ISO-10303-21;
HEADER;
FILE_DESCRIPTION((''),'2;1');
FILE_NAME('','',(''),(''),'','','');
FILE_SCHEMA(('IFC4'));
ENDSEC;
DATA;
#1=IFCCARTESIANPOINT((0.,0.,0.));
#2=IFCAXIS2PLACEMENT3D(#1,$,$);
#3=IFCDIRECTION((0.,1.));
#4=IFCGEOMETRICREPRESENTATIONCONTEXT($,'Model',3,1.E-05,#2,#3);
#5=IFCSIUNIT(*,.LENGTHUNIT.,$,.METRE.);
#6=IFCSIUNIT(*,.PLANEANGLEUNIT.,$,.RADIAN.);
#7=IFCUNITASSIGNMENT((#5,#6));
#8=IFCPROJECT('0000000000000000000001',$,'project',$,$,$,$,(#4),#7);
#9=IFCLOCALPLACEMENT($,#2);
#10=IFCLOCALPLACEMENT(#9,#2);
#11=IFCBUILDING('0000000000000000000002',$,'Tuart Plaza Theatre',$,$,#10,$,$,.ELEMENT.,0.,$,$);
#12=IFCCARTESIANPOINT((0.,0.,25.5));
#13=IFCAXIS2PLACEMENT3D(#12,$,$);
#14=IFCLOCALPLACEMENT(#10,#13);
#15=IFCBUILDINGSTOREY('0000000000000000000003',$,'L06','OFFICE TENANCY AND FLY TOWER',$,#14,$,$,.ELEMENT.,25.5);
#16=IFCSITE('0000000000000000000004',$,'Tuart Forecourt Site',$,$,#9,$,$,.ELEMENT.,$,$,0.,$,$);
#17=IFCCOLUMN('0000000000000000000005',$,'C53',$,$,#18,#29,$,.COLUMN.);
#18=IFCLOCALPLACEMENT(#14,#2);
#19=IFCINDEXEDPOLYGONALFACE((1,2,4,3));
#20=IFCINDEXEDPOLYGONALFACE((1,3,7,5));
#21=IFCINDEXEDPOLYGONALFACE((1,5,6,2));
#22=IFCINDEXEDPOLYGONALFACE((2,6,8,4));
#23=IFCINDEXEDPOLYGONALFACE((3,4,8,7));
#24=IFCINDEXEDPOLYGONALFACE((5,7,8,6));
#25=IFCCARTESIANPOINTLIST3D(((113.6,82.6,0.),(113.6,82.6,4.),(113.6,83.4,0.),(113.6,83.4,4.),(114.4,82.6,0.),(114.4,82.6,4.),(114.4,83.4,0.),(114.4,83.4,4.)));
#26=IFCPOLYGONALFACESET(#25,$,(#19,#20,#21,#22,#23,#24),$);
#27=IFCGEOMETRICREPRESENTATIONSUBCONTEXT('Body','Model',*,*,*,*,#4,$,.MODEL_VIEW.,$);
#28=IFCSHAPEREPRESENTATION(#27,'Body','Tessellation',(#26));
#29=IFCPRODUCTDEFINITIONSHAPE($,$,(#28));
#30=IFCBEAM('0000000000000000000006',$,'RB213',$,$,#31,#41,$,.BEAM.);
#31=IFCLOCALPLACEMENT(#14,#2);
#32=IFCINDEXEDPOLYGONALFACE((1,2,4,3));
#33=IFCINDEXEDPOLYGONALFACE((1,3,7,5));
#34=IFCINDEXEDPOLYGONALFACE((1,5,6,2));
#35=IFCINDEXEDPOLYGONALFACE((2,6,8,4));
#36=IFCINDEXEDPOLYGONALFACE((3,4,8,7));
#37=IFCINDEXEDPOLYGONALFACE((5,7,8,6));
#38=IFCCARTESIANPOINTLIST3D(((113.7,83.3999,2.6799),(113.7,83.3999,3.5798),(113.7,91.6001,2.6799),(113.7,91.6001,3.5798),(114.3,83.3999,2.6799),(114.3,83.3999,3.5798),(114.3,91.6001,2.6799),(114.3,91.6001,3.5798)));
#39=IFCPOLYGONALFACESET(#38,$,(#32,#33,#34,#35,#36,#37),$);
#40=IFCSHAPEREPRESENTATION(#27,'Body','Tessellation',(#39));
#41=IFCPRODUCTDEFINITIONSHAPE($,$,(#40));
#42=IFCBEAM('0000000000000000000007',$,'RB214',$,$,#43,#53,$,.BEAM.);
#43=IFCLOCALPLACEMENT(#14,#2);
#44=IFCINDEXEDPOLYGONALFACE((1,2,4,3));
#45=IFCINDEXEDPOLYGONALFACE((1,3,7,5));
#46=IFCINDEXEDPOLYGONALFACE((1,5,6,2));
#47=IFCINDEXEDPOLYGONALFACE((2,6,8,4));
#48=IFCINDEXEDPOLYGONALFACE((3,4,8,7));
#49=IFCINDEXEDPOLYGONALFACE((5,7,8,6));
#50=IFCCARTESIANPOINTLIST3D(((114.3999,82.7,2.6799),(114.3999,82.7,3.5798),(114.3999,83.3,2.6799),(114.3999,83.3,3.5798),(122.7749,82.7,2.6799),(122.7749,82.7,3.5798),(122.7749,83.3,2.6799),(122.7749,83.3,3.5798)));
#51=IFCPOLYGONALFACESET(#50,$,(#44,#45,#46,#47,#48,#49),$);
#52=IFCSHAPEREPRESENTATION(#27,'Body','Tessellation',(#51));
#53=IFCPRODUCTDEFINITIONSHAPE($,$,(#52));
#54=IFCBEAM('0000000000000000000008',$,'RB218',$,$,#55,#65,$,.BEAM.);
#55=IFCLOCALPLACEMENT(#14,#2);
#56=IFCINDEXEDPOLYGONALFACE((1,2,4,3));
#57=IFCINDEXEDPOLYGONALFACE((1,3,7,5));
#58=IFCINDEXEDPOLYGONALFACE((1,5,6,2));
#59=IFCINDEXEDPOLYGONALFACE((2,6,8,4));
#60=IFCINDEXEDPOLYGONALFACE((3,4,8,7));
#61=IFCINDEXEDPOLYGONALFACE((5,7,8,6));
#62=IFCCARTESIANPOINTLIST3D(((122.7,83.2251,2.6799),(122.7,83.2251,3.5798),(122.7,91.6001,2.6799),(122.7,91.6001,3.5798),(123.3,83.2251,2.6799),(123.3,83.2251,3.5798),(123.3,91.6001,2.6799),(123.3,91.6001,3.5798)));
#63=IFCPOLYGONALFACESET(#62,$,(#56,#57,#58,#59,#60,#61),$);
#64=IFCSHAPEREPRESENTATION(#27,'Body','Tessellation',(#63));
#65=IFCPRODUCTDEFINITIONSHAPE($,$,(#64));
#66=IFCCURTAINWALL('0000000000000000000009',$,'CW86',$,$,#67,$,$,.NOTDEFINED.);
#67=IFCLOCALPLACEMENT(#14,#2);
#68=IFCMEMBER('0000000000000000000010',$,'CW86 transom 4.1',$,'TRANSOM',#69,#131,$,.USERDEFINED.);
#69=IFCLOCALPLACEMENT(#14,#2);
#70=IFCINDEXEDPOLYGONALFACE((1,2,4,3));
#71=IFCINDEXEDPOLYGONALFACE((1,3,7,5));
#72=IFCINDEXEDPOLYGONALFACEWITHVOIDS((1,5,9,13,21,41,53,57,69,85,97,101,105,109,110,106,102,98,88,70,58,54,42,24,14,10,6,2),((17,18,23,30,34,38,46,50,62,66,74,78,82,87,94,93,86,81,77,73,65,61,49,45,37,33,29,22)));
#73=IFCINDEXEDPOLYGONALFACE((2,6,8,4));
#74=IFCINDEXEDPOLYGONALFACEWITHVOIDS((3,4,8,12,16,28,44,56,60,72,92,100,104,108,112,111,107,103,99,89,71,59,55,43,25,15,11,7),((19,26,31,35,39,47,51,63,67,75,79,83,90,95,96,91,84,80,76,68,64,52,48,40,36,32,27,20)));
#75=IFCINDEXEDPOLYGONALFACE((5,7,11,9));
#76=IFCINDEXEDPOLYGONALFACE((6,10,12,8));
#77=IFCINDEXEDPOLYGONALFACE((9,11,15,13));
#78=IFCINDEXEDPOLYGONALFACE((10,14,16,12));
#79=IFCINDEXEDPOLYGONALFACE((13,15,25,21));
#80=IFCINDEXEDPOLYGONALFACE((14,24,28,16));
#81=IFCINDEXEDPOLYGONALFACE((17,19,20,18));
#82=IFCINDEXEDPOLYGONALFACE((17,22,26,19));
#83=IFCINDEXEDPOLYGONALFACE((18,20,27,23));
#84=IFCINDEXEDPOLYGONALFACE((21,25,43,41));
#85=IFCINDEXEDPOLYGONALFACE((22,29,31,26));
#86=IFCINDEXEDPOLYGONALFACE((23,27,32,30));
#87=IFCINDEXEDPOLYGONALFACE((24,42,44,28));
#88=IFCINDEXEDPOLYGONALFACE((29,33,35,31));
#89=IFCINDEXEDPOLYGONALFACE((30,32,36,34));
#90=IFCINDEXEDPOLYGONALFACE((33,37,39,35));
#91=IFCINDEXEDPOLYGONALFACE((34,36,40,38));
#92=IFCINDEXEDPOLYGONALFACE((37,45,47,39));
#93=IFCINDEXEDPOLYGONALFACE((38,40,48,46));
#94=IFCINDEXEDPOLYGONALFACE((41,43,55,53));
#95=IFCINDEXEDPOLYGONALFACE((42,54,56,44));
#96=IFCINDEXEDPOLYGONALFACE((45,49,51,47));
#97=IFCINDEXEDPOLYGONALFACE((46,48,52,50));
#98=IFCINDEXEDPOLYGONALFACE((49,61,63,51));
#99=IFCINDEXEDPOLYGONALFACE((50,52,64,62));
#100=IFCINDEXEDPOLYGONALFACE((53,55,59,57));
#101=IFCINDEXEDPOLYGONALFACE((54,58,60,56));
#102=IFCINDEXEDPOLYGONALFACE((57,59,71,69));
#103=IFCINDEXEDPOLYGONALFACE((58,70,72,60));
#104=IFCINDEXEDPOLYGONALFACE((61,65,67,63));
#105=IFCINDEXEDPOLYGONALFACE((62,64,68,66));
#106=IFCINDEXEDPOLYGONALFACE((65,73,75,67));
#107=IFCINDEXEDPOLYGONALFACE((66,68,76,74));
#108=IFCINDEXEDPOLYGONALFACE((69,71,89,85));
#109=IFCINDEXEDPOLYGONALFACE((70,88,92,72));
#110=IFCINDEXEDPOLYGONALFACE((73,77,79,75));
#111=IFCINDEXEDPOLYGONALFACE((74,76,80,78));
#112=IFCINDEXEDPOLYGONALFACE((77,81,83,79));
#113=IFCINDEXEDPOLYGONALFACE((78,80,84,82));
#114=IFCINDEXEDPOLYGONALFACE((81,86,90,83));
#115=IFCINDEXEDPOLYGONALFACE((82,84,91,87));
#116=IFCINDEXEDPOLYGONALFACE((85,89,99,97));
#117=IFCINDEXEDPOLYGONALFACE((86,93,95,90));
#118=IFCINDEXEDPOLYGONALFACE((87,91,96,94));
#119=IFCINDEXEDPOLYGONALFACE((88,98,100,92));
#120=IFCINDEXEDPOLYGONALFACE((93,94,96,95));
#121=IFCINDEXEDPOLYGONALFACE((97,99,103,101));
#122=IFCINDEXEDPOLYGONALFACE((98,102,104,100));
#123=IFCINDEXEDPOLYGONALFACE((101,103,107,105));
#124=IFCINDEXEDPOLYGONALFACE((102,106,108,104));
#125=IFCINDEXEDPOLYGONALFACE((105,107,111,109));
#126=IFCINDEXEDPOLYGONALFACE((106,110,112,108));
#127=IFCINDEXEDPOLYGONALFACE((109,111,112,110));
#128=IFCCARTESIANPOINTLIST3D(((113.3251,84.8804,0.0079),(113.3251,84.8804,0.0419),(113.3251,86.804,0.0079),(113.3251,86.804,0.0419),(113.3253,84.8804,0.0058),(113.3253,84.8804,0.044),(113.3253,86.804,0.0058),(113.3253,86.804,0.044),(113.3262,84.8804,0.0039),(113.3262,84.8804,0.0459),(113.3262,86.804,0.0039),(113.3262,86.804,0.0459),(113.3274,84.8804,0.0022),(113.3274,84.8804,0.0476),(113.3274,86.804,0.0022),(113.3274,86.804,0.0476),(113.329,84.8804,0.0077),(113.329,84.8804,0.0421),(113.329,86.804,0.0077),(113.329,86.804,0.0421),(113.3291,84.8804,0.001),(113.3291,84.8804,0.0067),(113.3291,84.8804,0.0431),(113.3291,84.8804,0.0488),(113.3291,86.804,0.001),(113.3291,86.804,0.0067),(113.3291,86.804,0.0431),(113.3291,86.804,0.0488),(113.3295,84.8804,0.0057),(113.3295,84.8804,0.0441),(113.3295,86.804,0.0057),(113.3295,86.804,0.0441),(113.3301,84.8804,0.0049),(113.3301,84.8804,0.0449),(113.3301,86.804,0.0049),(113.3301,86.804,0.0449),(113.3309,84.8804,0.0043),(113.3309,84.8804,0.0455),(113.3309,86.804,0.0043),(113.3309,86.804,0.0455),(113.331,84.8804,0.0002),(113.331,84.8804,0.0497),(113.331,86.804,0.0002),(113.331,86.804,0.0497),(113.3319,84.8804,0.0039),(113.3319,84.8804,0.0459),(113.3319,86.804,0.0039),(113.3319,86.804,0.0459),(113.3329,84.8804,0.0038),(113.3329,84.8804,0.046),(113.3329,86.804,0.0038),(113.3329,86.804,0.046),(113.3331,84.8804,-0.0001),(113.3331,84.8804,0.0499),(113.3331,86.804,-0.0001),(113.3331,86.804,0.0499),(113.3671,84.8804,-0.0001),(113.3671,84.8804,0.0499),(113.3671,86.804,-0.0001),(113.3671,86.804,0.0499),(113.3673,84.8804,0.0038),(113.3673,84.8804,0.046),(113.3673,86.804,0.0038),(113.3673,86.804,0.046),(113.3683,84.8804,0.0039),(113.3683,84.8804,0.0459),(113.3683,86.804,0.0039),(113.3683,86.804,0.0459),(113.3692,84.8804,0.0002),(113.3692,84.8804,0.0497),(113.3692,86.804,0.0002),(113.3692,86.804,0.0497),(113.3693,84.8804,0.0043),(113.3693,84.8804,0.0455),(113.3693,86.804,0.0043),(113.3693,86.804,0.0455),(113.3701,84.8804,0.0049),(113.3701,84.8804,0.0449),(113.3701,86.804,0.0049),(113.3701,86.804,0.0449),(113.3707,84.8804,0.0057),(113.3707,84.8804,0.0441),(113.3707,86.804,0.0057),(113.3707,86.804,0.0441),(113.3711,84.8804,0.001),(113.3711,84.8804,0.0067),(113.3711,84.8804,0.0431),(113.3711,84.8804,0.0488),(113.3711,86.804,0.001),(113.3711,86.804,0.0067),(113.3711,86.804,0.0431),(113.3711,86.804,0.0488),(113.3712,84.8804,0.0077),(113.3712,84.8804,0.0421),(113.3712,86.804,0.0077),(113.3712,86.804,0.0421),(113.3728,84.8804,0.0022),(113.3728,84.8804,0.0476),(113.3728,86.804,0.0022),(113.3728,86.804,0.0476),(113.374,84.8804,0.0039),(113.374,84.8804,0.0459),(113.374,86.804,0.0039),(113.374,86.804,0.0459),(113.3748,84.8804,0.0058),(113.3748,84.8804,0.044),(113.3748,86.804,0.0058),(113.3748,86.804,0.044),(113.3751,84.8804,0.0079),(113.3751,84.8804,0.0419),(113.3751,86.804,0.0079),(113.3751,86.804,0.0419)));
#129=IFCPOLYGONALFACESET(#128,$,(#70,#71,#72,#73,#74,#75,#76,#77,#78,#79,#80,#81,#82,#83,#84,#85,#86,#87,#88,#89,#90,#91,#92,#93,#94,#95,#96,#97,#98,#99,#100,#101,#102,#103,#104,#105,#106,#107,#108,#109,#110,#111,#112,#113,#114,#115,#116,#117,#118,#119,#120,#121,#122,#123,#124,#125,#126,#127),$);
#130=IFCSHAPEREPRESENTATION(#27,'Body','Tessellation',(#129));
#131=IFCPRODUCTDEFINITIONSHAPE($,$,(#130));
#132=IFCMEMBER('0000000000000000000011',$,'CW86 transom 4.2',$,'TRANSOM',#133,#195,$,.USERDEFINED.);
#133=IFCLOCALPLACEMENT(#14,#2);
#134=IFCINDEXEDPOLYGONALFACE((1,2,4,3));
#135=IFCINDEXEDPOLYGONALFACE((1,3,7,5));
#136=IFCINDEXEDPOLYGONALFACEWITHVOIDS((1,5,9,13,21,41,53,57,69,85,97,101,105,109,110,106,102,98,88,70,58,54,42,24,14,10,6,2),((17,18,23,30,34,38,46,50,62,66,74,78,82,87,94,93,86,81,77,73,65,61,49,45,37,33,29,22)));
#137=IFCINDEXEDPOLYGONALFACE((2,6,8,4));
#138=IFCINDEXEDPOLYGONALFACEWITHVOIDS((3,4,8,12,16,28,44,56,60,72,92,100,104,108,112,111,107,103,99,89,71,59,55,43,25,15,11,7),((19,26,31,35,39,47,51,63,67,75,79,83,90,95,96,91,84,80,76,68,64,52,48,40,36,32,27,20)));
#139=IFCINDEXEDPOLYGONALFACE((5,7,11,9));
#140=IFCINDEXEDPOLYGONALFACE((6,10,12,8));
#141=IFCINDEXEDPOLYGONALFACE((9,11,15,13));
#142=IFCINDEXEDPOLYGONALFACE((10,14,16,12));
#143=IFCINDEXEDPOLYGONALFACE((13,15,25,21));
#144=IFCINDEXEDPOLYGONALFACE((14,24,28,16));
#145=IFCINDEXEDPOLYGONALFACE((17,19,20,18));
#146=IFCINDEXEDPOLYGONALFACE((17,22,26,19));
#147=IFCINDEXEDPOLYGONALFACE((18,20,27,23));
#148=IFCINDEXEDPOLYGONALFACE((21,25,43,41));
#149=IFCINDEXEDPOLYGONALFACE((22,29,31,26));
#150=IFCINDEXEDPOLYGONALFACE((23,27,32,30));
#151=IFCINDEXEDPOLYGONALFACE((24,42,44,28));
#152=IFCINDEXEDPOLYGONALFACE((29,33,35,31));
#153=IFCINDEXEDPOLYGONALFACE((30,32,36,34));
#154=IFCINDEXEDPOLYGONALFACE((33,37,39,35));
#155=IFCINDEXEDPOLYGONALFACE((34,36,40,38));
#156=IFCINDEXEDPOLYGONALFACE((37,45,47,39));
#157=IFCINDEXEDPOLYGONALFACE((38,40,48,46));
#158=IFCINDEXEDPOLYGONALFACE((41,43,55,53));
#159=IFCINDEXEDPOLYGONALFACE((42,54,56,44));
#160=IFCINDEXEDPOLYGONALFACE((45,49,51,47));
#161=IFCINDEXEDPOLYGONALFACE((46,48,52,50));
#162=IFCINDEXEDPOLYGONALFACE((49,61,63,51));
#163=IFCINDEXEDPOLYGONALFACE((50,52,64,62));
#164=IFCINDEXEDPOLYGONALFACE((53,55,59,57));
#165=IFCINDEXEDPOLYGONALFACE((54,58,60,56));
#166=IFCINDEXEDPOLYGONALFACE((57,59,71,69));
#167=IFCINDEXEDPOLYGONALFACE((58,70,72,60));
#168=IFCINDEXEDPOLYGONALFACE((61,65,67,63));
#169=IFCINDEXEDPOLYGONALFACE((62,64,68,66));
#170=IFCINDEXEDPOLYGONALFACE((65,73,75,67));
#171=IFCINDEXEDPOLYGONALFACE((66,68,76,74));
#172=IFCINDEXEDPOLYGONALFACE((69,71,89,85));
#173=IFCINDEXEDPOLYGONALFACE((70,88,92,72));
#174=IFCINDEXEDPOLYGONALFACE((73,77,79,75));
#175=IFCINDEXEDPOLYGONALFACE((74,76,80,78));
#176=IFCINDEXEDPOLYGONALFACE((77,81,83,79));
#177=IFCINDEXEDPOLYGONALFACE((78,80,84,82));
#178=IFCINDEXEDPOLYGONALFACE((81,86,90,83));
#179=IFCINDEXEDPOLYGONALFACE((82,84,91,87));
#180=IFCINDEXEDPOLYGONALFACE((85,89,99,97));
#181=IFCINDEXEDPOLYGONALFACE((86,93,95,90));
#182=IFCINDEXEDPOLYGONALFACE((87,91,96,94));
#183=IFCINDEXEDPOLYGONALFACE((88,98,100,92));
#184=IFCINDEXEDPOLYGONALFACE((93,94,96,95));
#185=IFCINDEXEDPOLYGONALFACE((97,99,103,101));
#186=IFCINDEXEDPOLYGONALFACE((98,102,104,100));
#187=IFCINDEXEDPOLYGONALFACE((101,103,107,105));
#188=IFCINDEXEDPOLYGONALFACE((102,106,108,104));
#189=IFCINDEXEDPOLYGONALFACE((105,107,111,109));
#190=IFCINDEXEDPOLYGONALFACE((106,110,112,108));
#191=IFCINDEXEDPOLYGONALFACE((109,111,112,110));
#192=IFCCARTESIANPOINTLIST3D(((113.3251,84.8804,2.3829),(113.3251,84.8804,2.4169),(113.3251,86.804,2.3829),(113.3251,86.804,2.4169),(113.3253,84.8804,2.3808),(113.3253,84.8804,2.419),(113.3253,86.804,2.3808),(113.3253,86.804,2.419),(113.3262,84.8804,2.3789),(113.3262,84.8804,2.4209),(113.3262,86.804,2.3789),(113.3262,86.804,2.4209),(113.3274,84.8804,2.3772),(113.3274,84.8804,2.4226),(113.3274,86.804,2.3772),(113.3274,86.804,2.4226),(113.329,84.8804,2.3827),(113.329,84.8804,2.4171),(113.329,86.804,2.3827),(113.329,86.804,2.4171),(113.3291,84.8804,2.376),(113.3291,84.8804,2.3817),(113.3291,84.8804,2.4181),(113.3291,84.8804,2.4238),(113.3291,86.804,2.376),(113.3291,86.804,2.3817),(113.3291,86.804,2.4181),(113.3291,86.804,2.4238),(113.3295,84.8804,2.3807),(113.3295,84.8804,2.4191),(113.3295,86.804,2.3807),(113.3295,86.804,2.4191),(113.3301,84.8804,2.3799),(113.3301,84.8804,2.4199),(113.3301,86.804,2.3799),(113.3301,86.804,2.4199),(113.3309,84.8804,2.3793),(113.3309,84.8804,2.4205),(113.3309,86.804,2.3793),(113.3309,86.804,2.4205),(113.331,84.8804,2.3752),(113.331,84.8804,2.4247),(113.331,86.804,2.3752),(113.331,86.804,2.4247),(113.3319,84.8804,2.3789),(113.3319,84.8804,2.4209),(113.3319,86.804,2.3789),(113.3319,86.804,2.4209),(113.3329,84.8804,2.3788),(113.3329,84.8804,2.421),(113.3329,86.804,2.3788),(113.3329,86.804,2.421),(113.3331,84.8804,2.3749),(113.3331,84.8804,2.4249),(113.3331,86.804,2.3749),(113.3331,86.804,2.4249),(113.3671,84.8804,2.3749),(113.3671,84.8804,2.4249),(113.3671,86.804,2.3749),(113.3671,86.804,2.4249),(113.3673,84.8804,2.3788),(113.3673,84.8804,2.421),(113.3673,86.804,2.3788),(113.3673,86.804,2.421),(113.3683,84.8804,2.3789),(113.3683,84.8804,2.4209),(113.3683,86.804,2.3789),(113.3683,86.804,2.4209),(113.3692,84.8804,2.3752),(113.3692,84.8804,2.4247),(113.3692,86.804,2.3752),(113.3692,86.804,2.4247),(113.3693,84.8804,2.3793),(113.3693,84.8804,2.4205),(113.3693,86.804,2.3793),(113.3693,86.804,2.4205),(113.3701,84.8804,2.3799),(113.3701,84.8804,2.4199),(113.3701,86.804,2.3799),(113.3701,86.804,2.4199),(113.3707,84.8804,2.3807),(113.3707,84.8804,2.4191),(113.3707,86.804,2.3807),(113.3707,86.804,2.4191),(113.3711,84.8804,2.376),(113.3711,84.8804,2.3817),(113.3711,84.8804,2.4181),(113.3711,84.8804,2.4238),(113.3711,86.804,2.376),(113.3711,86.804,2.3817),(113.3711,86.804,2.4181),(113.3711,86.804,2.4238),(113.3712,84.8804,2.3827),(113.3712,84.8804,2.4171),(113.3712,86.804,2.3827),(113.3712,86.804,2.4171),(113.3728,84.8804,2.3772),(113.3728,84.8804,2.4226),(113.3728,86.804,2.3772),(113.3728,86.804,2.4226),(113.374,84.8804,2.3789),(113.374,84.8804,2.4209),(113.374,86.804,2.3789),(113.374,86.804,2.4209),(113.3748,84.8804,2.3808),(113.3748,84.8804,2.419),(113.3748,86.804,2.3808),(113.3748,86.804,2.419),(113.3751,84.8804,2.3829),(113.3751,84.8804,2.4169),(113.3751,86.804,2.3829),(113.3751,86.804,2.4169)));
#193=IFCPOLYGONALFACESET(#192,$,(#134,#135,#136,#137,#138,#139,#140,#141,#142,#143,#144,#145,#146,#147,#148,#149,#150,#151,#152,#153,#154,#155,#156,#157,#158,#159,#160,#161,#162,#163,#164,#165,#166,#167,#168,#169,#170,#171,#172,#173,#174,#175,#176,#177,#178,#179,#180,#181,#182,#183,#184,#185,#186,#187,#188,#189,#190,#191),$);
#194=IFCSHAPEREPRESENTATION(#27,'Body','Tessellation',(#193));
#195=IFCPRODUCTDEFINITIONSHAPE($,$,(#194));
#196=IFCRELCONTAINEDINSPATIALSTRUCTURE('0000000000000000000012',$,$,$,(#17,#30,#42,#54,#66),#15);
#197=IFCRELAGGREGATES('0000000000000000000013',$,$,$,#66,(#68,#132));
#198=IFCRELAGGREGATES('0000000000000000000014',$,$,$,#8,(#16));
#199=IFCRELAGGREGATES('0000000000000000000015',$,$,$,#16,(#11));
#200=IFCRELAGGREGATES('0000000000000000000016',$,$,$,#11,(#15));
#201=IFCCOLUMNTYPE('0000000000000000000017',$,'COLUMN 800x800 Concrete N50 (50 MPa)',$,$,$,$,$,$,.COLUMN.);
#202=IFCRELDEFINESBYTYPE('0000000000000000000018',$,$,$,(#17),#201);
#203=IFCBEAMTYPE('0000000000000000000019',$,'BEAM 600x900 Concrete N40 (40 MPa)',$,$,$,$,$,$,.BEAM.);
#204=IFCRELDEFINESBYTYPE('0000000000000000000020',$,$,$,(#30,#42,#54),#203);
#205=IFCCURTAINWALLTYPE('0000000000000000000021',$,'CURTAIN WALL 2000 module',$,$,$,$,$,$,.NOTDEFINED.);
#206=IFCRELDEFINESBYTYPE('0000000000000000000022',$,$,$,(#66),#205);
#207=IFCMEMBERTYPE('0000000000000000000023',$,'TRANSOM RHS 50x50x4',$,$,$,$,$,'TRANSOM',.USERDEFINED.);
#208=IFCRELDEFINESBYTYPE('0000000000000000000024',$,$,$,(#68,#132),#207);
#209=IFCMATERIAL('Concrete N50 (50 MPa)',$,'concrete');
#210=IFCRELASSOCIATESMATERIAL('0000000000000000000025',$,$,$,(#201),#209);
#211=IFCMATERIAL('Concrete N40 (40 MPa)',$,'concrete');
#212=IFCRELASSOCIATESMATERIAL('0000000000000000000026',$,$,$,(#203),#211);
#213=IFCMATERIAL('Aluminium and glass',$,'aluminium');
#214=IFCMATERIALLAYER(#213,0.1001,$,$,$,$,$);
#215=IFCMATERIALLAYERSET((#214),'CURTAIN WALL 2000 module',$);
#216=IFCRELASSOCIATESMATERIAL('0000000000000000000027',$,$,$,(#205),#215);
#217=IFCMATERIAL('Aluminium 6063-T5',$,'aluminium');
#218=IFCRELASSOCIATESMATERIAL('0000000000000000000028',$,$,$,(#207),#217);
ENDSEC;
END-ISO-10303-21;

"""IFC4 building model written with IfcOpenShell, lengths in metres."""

from ifc_helpers import new_model, si_unit, direction, frame, origin, origin_2d, place, context, subcontext, project, spatial, rectangle, hollow_rectangle, extrude, material, layer, layer_set, material_profile, profile_set, type_object, element, aggregate, save


model = new_model("IFC4")

# Units and contexts
model_context = context("Model", 3, precision=1e-05, world=origin(), true_north=direction((0.0, 1.0)))
body_context = subcontext(model_context, "Body", "Model", "MODEL_VIEW")
ifc_project = project(units=[si_unit("LENGTHUNIT", "METRE"), si_unit("PLANEANGLEUNIT", "RADIAN")], contexts=[model_context])

# Site, building, storey
site_placement = place(None, origin())
site = spatial("IfcSite", under=ifc_project, at=site_placement, Name="Tuart Forecourt Site", CompositionType="ELEMENT", RefElevation=0.0)
building_placement = place(site_placement, origin())
building = spatial("IfcBuilding", under=site, at=building_placement, Name="Tuart Plaza Theatre", CompositionType="ELEMENT", ElevationOfRefHeight=0.0)
storey_placement = place(building_placement, frame((0.0, 0.0, 25.5)))
storey = spatial("IfcBuildingStorey", under=building, at=storey_placement, Name="L06", Description="OFFICE TENANCY AND FLY TOWER", CompositionType="ELEMENT", Elevation=25.5)

# Column
ifc_material_1 = material(Name="Concrete N50 (50 MPa)", Category="concrete")
ifc_material_profile_1 = material_profile(ifc_material_1, rectangle(XDim=0.8, YDim=0.8, at=origin_2d()), Name="COLUMN 800x800 Concrete N50 (50 MPa)")
ifc_profile_set_1 = profile_set([ifc_material_profile_1], Name="Concrete N50 (50 MPa)")
column_type = type_object("IfcColumnType", Name="COLUMN 800x800 Concrete N50 (50 MPa)", PredefinedType="COLUMN", material=ifc_profile_set_1)
column_placement = place(storey_placement, frame((114.0, 83.0, 0.0), z_axis=(0.0, 0.0, 1.0), x_axis=(1.0, 0.0, 0.0)))
element("IfcColumn", 1, at=column_placement, inside=storey, type_object=column_type, Name="C53", PredefinedType="COLUMN", context=body_context, shape_type="SweptSolid", body=[
    extrude(rectangle(XDim=0.8, YDim=0.8, at=origin_2d()), origin(), (0.0, 0.0, 1.0), 4.0),
])

# Beams
ifc_material_2 = material(Name="Concrete N40 (40 MPa)", Category="concrete")
ifc_material_profile_2 = material_profile(ifc_material_2, rectangle(XDim=0.6001, YDim=0.8999, at=origin_2d()), Name="BEAM 600x900 Concrete N40 (40 MPa)")
ifc_profile_set_2 = profile_set([ifc_material_profile_2], Name="Concrete N40 (40 MPa)")
beam_type = type_object("IfcBeamType", Name="BEAM 600x900 Concrete N40 (40 MPa)", PredefinedType="BEAM", material=ifc_profile_set_2)
beam_placement = place(storey_placement, frame((114.0, 83.3999, 3.1299), z_axis=(0.0, 1.0, 0.0), x_axis=(-1.0, 0.0, 0.0)))
element("IfcBeam", 2, at=beam_placement, inside=storey, type_object=beam_type, Name="RB213", PredefinedType="BEAM", context=body_context, shape_type="SweptSolid", body=[
    extrude(rectangle(XDim=0.6001, YDim=0.8999, at=origin_2d()), origin(), (0.0, 0.0, 1.0), 8.2002),
])
for number, where, z_axis, x_axis, name in (
    (3, (114.3999, 83.0, 3.1299), (1.0, 0.0, 0.0), (0.0, 1.0, 0.0), "RB214"),
    (4, (123.0, 83.2251, 3.1299), (0.0, 1.0, 0.0), (-1.0, 0.0, 0.0), "RB218"),
):
    element("IfcBeam", number, at=place(storey_placement, frame(where, z_axis=z_axis, x_axis=x_axis)), inside=storey, type_object=beam_type, Name=name, PredefinedType="BEAM", context=body_context, shape_type="SweptSolid", body=[
        extrude(rectangle(XDim=0.6001, YDim=0.8999, at=origin_2d()), origin(), (0.0, 0.0, 1.0), 8.375),
    ])

# Curtain wall, members
ifc_material_3 = material(Name="Aluminium and glass", Category="aluminium")
ifc_layer_1 = layer(ifc_material_3, 0.1001)
ifc_layer_set_1 = layer_set([ifc_layer_1], Name="CURTAIN WALL 2000 module")
curtain_wall_type = type_object("IfcCurtainWallType", Name="CURTAIN WALL 2000 module", PredefinedType="NOTDEFINED", material=ifc_layer_set_1)
curtain_wall_placement = place(storey_placement, origin())
curtain_wall = element("IfcCurtainWall", 5, at=curtain_wall_placement, inside=storey, type_object=curtain_wall_type, Name="CW86", PredefinedType="NOTDEFINED")
ifc_material_4 = material(Name="Aluminium 6063-T5", Category="aluminium")
ifc_material_profile_3 = material_profile(ifc_material_4, hollow_rectangle(XDim=0.05, YDim=0.05, WallThickness=0.0039, InnerFilletRadius=0.0039, OuterFilletRadius=0.0081, at=origin_2d()), Name="RHS 50x50x4")
ifc_profile_set_3 = profile_set([ifc_material_profile_3], Name="Aluminium 6063-T5")
member_type = type_object("IfcMemberType", Name="TRANSOM RHS 50x50x4", ElementType="TRANSOM", PredefinedType="USERDEFINED", material=ifc_profile_set_3)
member_1_placement = place(storey_placement, frame((113.3501, 86.804, 0.0249), z_axis=(0.0, -1.0, 0.0), x_axis=(1.0, 0.0, 0.0)))
member_1 = element("IfcMember", 6, at=member_1_placement, type_object=member_type, Name="CW86 transom 4.1", ObjectType="TRANSOM", PredefinedType="USERDEFINED", context=body_context, shape_type="SweptSolid", body=[
    extrude(hollow_rectangle(XDim=0.05, YDim=0.05, WallThickness=0.0039, InnerFilletRadius=0.0039, OuterFilletRadius=0.0081, at=origin_2d()), origin(), (0.0, 0.0, 1.0), 1.9236),
])
member_2_placement = place(storey_placement, frame((113.3501, 86.804, 2.3999), z_axis=(0.0, -1.0, 0.0), x_axis=(1.0, 0.0, 0.0)))
member_2 = element("IfcMember", 7, at=member_2_placement, type_object=member_type, Name="CW86 transom 4.2", ObjectType="TRANSOM", PredefinedType="USERDEFINED", context=body_context, shape_type="SweptSolid", body=[
    extrude(hollow_rectangle(XDim=0.05, YDim=0.05, WallThickness=0.0039, InnerFilletRadius=0.0039, OuterFilletRadius=0.0081, at=origin_2d()), origin(), (0.0, 0.0, 1.0), 1.9236),
])
aggregate(curtain_wall, [member_1, member_2])

save(model, "model.ifc")
